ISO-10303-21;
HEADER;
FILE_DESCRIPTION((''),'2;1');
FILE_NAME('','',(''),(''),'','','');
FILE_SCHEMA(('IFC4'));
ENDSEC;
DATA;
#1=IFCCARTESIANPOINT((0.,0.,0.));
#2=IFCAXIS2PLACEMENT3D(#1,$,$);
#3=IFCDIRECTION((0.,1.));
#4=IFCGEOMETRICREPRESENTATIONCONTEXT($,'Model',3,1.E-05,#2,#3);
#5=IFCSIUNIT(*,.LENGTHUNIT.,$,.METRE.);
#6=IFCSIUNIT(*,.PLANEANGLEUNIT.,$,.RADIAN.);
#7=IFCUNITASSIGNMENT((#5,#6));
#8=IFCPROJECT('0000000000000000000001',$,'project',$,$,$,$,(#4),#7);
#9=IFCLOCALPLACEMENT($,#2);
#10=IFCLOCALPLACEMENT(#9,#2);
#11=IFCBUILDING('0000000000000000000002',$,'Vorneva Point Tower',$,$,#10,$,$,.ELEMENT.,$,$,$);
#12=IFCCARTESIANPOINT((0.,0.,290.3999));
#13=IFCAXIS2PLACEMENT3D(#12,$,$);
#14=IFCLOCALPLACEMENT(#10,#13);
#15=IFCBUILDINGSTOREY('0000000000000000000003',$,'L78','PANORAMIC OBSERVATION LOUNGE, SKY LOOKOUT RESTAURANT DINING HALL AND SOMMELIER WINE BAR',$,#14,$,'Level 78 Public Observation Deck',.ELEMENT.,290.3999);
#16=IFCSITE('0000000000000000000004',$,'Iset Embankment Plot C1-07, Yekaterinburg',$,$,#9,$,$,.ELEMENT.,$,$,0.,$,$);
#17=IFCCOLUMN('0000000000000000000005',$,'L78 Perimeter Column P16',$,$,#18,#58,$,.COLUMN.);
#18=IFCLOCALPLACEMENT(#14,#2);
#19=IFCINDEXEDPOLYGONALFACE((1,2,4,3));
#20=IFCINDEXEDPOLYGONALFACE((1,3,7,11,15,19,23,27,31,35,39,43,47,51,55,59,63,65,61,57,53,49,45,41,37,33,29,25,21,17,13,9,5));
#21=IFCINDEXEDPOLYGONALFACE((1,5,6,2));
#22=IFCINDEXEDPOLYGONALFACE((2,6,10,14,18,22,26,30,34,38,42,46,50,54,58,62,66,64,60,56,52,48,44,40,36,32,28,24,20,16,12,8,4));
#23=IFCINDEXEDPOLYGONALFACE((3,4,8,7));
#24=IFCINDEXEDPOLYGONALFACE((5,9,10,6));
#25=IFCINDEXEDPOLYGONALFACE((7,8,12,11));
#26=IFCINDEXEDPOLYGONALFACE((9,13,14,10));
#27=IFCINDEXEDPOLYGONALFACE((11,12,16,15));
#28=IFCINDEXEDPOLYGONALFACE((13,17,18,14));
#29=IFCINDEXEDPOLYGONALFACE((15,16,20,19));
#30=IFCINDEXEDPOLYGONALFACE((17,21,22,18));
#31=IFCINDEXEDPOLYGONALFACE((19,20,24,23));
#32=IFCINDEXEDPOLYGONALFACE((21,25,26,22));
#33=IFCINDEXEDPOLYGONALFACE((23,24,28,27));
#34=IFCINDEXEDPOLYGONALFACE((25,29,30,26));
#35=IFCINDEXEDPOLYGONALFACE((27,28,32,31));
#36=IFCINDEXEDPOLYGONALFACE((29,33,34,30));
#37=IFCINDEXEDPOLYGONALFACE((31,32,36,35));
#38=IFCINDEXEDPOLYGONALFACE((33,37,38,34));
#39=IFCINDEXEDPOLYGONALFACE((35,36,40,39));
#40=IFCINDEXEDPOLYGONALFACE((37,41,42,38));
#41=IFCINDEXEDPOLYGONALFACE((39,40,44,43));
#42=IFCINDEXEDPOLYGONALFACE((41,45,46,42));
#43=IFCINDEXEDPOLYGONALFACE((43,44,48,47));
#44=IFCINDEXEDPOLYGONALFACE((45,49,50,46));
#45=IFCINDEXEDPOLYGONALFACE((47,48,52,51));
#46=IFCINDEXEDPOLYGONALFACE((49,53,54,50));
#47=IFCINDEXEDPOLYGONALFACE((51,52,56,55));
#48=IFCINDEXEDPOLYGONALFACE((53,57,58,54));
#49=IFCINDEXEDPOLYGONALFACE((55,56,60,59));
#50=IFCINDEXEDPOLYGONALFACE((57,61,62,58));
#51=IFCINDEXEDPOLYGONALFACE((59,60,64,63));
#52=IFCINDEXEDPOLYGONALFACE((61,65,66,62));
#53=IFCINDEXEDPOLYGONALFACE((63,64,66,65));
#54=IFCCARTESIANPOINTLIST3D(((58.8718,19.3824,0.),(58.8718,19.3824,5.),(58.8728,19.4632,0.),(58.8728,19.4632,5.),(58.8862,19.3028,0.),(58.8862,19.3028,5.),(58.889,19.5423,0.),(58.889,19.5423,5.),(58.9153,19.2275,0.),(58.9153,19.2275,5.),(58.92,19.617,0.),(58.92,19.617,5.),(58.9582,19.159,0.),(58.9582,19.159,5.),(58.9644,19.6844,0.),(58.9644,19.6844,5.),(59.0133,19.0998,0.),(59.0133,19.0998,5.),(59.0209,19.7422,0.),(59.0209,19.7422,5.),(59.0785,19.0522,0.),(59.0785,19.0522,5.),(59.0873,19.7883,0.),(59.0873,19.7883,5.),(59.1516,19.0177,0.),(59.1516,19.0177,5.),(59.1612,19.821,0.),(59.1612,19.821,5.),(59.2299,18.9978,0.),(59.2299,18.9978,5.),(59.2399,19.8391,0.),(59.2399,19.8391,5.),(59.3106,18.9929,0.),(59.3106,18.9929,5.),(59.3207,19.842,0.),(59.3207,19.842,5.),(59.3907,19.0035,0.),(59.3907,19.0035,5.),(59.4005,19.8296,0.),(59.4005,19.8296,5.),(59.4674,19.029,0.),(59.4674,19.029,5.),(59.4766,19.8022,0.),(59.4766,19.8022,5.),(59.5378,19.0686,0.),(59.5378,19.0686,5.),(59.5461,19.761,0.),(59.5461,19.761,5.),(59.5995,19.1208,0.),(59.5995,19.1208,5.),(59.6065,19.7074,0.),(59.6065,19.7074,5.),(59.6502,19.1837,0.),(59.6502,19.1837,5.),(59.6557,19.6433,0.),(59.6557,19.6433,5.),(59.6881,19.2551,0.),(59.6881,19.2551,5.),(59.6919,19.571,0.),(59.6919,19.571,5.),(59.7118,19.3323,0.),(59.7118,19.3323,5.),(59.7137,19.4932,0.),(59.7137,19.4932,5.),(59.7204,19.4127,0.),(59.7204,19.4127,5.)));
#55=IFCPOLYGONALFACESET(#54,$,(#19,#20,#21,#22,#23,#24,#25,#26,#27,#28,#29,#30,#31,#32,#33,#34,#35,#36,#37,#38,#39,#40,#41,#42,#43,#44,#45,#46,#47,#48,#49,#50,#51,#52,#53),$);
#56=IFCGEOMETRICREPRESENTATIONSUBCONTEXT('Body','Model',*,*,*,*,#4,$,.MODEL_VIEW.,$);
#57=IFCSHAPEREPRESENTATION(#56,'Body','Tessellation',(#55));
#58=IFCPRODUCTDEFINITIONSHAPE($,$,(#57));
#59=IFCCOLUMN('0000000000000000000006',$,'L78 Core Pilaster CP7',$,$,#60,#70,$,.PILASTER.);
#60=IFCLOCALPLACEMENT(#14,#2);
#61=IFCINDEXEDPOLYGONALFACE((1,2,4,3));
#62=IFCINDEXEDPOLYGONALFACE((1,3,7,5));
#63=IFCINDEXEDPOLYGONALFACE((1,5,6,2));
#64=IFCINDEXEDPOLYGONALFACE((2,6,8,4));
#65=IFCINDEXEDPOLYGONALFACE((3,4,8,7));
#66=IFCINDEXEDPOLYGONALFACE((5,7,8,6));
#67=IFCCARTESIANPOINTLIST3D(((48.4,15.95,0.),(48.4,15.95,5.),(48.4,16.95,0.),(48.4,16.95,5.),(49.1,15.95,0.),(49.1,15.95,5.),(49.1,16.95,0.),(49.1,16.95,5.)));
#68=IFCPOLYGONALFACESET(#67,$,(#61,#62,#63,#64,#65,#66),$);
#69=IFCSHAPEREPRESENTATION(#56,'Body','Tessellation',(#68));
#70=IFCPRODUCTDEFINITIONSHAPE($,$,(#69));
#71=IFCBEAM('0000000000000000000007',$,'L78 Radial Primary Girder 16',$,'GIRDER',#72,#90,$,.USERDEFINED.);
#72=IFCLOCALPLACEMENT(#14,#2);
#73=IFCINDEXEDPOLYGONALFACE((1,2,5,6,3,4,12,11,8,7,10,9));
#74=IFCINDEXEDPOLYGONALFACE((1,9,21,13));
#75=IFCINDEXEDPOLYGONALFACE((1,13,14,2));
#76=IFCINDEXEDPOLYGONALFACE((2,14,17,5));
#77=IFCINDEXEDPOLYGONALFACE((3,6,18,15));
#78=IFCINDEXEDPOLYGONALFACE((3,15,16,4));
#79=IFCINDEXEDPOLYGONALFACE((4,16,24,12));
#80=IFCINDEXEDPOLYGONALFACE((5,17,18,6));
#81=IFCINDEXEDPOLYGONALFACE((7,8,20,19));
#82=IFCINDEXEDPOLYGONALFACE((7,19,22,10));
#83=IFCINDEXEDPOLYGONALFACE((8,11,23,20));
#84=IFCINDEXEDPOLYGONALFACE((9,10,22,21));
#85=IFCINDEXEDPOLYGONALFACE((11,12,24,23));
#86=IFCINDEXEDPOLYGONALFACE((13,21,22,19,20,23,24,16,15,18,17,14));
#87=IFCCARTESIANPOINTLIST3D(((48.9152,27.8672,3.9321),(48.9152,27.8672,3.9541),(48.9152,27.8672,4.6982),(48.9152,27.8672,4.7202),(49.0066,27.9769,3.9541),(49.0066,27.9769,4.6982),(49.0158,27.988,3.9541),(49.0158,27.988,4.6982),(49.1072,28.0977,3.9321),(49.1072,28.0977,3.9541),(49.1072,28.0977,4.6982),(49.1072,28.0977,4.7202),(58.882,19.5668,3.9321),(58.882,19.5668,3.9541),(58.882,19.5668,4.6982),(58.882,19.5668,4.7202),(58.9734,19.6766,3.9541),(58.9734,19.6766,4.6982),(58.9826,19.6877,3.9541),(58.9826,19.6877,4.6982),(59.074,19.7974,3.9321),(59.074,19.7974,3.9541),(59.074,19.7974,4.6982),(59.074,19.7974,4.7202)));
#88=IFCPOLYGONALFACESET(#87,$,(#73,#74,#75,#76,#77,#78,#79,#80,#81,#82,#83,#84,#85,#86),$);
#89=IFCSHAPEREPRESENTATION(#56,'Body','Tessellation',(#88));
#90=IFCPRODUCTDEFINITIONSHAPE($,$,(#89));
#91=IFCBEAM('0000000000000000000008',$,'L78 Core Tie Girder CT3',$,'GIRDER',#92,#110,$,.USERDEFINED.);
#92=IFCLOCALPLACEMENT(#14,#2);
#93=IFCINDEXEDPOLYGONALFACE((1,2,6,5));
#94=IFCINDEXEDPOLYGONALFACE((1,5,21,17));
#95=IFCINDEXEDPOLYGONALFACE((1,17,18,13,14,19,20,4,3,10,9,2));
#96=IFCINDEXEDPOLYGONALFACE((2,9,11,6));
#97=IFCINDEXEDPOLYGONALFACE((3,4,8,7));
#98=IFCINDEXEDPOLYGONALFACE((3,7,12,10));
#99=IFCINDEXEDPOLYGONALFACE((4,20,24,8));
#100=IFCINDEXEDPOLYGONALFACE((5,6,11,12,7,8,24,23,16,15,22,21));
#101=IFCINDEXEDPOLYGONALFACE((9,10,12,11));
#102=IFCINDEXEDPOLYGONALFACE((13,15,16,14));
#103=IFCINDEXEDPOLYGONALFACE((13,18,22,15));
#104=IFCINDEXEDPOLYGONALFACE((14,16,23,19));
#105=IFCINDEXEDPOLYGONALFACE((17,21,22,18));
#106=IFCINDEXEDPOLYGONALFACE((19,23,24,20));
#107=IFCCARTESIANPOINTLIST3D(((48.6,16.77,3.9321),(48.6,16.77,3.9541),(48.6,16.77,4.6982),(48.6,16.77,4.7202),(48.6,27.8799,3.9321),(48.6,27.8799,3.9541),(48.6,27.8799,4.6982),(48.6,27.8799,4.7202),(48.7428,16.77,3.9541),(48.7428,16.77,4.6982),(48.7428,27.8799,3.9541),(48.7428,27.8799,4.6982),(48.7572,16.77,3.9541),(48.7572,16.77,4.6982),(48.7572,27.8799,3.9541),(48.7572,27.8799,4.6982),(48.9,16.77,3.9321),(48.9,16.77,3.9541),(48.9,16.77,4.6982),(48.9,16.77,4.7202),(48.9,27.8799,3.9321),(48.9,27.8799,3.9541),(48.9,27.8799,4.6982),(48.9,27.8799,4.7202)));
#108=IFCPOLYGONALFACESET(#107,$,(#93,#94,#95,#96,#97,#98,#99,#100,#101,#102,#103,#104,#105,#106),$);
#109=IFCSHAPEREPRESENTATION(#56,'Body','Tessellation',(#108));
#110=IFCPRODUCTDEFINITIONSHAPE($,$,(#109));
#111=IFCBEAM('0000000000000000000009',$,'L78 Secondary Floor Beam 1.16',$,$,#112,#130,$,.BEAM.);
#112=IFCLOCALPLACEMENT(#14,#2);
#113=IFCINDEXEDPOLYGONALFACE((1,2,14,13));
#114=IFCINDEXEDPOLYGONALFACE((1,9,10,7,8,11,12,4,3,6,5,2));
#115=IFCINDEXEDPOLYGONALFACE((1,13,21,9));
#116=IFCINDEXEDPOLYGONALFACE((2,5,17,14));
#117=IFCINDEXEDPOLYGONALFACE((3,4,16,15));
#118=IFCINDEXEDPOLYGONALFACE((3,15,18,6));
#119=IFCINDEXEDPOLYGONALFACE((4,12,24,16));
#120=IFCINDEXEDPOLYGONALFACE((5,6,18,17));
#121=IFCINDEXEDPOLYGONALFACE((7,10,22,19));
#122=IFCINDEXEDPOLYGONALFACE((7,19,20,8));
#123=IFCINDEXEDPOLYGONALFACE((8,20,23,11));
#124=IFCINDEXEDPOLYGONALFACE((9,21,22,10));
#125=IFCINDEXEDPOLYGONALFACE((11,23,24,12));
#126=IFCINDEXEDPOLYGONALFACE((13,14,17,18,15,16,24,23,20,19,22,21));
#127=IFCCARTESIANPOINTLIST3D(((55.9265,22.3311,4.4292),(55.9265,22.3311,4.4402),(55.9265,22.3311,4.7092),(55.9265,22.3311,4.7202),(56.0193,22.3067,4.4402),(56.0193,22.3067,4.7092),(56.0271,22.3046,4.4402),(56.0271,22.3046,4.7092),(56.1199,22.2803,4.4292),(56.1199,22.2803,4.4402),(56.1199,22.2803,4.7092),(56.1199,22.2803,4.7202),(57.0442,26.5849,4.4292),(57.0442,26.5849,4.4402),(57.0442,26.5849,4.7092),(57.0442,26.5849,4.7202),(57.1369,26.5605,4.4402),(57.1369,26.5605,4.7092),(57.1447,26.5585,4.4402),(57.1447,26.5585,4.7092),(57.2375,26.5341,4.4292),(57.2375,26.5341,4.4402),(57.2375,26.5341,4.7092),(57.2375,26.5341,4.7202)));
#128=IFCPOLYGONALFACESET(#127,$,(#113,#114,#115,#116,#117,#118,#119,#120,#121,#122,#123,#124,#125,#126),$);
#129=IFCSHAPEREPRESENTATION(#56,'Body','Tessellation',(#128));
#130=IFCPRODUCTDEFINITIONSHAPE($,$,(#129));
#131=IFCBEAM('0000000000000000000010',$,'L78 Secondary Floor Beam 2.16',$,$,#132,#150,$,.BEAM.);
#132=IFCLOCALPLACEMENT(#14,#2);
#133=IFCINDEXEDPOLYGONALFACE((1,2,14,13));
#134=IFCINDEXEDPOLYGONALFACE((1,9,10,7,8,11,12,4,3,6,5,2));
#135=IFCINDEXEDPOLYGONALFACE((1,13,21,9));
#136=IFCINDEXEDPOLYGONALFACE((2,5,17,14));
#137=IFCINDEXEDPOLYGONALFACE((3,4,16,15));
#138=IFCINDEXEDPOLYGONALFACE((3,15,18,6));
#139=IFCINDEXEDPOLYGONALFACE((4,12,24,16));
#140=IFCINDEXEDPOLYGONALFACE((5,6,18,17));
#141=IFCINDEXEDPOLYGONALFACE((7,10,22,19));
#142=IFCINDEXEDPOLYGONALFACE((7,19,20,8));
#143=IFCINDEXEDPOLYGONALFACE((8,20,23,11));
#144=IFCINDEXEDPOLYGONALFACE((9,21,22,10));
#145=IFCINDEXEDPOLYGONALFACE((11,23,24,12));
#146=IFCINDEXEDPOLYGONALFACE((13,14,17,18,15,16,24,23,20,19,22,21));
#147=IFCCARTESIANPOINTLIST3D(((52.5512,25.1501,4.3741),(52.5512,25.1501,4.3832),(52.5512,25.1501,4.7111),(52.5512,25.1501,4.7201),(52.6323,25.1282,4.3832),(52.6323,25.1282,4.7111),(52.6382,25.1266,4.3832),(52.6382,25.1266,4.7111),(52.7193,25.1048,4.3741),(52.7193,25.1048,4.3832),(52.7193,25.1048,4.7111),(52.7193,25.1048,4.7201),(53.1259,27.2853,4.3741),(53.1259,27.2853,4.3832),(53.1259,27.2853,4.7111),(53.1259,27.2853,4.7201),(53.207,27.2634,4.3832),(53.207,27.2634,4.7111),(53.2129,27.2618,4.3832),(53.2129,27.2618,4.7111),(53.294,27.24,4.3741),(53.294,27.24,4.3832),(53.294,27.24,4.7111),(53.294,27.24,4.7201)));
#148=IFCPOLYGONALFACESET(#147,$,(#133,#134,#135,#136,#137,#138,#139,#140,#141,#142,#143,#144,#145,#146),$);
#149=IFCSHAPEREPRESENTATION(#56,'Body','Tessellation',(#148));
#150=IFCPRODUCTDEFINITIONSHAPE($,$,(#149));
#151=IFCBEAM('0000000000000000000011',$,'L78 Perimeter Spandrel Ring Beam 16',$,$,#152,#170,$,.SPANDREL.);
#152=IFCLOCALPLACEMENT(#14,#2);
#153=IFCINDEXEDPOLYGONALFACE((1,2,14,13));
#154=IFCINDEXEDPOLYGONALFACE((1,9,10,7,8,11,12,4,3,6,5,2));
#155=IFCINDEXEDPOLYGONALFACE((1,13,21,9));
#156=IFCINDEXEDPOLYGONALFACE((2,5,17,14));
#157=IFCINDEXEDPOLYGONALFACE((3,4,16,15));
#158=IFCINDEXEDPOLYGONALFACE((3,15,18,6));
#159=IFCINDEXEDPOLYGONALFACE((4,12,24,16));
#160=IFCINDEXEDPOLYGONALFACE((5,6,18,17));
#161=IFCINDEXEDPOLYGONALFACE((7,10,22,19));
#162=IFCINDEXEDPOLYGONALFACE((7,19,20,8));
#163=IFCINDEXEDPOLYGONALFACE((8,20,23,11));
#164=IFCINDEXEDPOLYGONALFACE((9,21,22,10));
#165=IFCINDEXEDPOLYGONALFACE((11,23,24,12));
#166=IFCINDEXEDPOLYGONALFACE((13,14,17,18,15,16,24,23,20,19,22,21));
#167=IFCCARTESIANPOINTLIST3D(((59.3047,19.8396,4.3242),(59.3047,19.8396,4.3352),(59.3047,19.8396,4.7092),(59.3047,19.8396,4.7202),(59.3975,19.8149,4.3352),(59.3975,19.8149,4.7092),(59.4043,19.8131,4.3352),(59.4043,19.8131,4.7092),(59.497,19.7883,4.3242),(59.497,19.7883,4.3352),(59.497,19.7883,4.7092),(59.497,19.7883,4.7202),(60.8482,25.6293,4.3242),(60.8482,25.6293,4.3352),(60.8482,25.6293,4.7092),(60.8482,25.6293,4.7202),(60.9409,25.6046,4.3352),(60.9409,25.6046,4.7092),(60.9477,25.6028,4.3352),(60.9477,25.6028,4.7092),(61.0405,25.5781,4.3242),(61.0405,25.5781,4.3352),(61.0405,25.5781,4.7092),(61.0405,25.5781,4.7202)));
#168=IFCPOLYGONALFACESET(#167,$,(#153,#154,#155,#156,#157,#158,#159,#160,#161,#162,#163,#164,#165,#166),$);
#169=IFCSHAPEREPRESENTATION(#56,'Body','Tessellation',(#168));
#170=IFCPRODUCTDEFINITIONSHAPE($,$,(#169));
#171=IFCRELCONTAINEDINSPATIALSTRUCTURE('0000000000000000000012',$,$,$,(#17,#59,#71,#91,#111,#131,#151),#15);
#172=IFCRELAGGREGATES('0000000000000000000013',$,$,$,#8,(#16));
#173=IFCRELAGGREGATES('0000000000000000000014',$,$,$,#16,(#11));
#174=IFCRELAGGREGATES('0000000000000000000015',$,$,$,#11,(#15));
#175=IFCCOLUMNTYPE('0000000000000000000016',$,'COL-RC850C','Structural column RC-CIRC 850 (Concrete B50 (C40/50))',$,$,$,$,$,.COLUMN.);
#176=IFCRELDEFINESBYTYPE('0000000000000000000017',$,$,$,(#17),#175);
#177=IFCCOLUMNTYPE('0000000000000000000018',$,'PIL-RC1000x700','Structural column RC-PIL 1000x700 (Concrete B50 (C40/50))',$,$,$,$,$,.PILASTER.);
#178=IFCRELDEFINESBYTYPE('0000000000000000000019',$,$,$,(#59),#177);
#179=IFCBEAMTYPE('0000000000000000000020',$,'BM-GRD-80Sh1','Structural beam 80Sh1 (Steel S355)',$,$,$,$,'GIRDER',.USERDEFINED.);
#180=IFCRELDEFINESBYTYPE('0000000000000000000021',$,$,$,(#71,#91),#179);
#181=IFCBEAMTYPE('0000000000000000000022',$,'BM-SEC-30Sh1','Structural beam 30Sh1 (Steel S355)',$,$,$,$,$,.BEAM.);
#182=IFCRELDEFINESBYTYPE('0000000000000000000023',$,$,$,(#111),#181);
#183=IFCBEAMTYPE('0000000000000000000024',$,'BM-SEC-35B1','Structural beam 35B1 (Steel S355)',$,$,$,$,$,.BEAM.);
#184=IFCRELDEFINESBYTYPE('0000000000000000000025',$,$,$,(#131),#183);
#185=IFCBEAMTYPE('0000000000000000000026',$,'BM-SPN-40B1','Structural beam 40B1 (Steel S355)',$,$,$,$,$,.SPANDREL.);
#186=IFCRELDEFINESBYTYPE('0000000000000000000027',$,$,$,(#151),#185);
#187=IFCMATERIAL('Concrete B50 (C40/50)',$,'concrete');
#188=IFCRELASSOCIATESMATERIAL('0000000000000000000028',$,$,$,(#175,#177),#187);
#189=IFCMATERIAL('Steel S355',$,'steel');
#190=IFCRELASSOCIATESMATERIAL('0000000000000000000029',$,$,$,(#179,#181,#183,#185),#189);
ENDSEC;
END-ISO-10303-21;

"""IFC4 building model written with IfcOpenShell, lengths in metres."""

from ifc_helpers import new_model, si_unit, direction, frame, origin, origin_2d, place, context, subcontext, project, spatial, rectangle, circle, i_section, extrude, material, material_profile, profile_set, type_object, element, save


model = new_model("IFC4")

# Units and contexts
model_context = context("Model", 3, precision=1e-05, world=origin(), true_north=direction((0.0, 1.0)))
body_context = subcontext(model_context, "Body", "Model", "MODEL_VIEW")
ifc_project = project(units=[si_unit("LENGTHUNIT", "METRE"), si_unit("PLANEANGLEUNIT", "RADIAN")], contexts=[model_context])

# Site, building, storey
site_placement = place(None, origin())
site = spatial("IfcSite", under=ifc_project, at=site_placement, Name="Iset Embankment Plot C1-07, Yekaterinburg", CompositionType="ELEMENT", RefElevation=0.0)
building_placement = place(site_placement, origin())
building = spatial("IfcBuilding", under=site, at=building_placement, Name="Vorneva Point Tower", CompositionType="ELEMENT")
storey_placement = place(building_placement, frame((0.0, 0.0, 290.3999)))
storey = spatial("IfcBuildingStorey", under=building, at=storey_placement, Name="L78", Description="PANORAMIC OBSERVATION LOUNGE, SKY LOOKOUT RESTAURANT DINING HALL AND SOMMELIER WINE BAR", LongName="Level 78 Public Observation Deck", CompositionType="ELEMENT", Elevation=290.3999)

# Columns
ifc_material_1 = material(Name="Concrete B50 (C40/50)", Category="concrete")
ifc_material_profile_1 = material_profile(ifc_material_1, circle(Radius=0.425, at=origin_2d()), Name="RC-CIRC 850")
ifc_profile_set_1 = profile_set([ifc_material_profile_1], Name="Concrete B50 (C40/50)")
column_type_1 = type_object("IfcColumnType", Name="COL-RC850C", Description="Structural column RC-CIRC 850 (Concrete B50 (C40/50))", PredefinedType="COLUMN", material=ifc_profile_set_1)
column_1_placement = place(storey_placement, frame((59.2954, 19.4177, 0.0), z_axis=(0.0, 0.0, 1.0), x_axis=(0.92388, -0.382683, 0.0)))
element("IfcColumn", 1, at=column_1_placement, inside=storey, type_object=column_type_1, Name="L78 Perimeter Column P16", PredefinedType="COLUMN", context=body_context, shape_type="SweptSolid", body=[
    extrude(circle(Radius=0.425, at=origin_2d()), origin(), (0.0, 0.0, 1.0), 5.0),
])
ifc_material_profile_2 = material_profile(ifc_material_1, rectangle(XDim=0.7, YDim=1.0, at=origin_2d()), Name="RC-PIL 1000x700")
ifc_profile_set_2 = profile_set([ifc_material_profile_2], Name="Concrete B50 (C40/50)")
column_type_2 = type_object("IfcColumnType", Name="PIL-RC1000x700", Description="Structural column RC-PIL 1000x700 (Concrete B50 (C40/50))", PredefinedType="PILASTER", material=ifc_profile_set_2)
column_2_placement = place(storey_placement, frame((48.75, 16.45, 0.0), z_axis=(0.0, 0.0, 1.0), x_axis=(1.0, 0.0, 0.0)))
element("IfcColumn", 2, at=column_2_placement, inside=storey, type_object=column_type_2, Name="L78 Core Pilaster CP7", PredefinedType="PILASTER", context=body_context, shape_type="SweptSolid", body=[
    extrude(rectangle(XDim=0.7, YDim=1.0, at=origin_2d()), origin(), (0.0, 0.0, 1.0), 5.0),
])

# Beams
ifc_material_2 = material(Name="Steel S355", Category="steel")
ifc_material_profile_3 = material_profile(ifc_material_2, i_section(OverallWidth=0.3, OverallDepth=0.7881, WebThickness=0.0144, FlangeThickness=0.022, at=origin_2d()), Name="80Sh1")
ifc_profile_set_3 = profile_set([ifc_material_profile_3], Name="Steel S355")
beam_type_1 = type_object("IfcBeamType", Name="BM-GRD-80Sh1", Description="Structural beam 80Sh1 (Steel S355)", ElementType="GIRDER", PredefinedType="USERDEFINED", material=ifc_profile_set_3)
beam_1_placement = place(storey_placement, frame((58.978, 19.6821, 4.3262), z_axis=(-0.768425, 0.63994, 0.0), x_axis=(-0.63994, -0.768425, 0.0)))
element("IfcBeam", 3, at=beam_1_placement, inside=storey, type_object=beam_type_1, Name="L78 Radial Primary Girder 16", ObjectType="GIRDER", PredefinedType="USERDEFINED", context=body_context, shape_type="SweptSolid", body=[
    extrude(i_section(OverallWidth=0.3, OverallDepth=0.7881, WebThickness=0.0144, FlangeThickness=0.022, at=origin_2d()), origin(), (0.0, 0.0, 1.0), 12.9705),
])
beam_2_placement = place(storey_placement, frame((48.75, 16.77, 4.3262), z_axis=(0.0, 1.0, 0.0), x_axis=(-1.0, 0.0, 0.0)))
element("IfcBeam", 4, at=beam_2_placement, inside=storey, type_object=beam_type_1, Name="L78 Core Tie Girder CT3", ObjectType="GIRDER", PredefinedType="USERDEFINED", context=body_context, shape_type="SweptSolid", body=[
    extrude(i_section(OverallWidth=0.3, OverallDepth=0.7881, WebThickness=0.0144, FlangeThickness=0.022, at=origin_2d()), origin(), (0.0, 0.0, 1.0), 11.1099),
])
ifc_material_profile_4 = material_profile(ifc_material_2, i_section(OverallWidth=0.2, OverallDepth=0.291, WebThickness=0.0081, FlangeThickness=0.011, at=origin_2d()), Name="30Sh1")
ifc_profile_set_4 = profile_set([ifc_material_profile_4], Name="Steel S355")
beam_type_2 = type_object("IfcBeamType", Name="BM-SEC-30Sh1", Description="Structural beam 30Sh1 (Steel S355)", PredefinedType="BEAM", material=ifc_profile_set_4)
beam_3_placement = place(storey_placement, frame((56.0232, 22.3057, 4.5747), z_axis=(0.254116, 0.967174, 0.0), x_axis=(-0.967174, 0.254116, 0.0)))
element("IfcBeam", 5, at=beam_3_placement, inside=storey, type_object=beam_type_2, Name="L78 Secondary Floor Beam 1.16", PredefinedType="BEAM", context=body_context, shape_type="SweptSolid", body=[
    extrude(i_section(OverallWidth=0.2, OverallDepth=0.291, WebThickness=0.0081, FlangeThickness=0.011, at=origin_2d()), origin(), (0.0, 0.0, 1.0), 4.3982),
])
ifc_material_profile_5 = material_profile(ifc_material_2, i_section(OverallWidth=0.1741, OverallDepth=0.3459, WebThickness=0.0061, FlangeThickness=0.009, at=origin_2d()), Name="35B1")
ifc_profile_set_5 = profile_set([ifc_material_profile_5], Name="Steel S355")
beam_type_3 = type_object("IfcBeamType", Name="BM-SEC-35B1", Description="Structural beam 35B1 (Steel S355)", PredefinedType="BEAM", material=ifc_profile_set_5)
beam_4_placement = place(storey_placement, frame((52.6353, 25.1274, 4.5471), z_axis=(0.259902, 0.965635, 0.0), x_axis=(-0.965635, 0.259902, 0.0)))
element("IfcBeam", 6, at=beam_4_placement, inside=storey, type_object=beam_type_3, Name="L78 Secondary Floor Beam 2.16", PredefinedType="BEAM", context=body_context, shape_type="SweptSolid", body=[
    extrude(i_section(OverallWidth=0.1741, OverallDepth=0.3459, WebThickness=0.0061, FlangeThickness=0.009, at=origin_2d()), origin(), (0.0, 0.0, 1.0), 2.2112),
])
ifc_material_profile_6 = material_profile(ifc_material_2, i_section(OverallWidth=0.199, OverallDepth=0.396, WebThickness=0.0071, FlangeThickness=0.011, at=origin_2d()), Name="40B1")
ifc_profile_set_6 = profile_set([ifc_material_profile_6], Name="Steel S355")
beam_type_4 = type_object("IfcBeamType", Name="BM-SPN-40B1", Description="Structural beam 40B1 (Steel S355)", PredefinedType="SPANDREL", material=ifc_profile_set_6)
beam_5_placement = place(storey_placement, frame((59.4009, 19.814, 4.5222), z_axis=(0.257587, 0.966255, 0.0), x_axis=(-0.966255, 0.257587, 0.0)))
element("IfcBeam", 7, at=beam_5_placement, inside=storey, type_object=beam_type_4, Name="L78 Perimeter Spandrel Ring Beam 16", PredefinedType="SPANDREL", context=body_context, shape_type="SweptSolid", body=[
    extrude(i_section(OverallWidth=0.199, OverallDepth=0.396, WebThickness=0.0071, FlangeThickness=0.011, at=origin_2d()), origin(), (0.0, 0.0, 1.0), 5.9919),
])

save(model, "model.ifc")
